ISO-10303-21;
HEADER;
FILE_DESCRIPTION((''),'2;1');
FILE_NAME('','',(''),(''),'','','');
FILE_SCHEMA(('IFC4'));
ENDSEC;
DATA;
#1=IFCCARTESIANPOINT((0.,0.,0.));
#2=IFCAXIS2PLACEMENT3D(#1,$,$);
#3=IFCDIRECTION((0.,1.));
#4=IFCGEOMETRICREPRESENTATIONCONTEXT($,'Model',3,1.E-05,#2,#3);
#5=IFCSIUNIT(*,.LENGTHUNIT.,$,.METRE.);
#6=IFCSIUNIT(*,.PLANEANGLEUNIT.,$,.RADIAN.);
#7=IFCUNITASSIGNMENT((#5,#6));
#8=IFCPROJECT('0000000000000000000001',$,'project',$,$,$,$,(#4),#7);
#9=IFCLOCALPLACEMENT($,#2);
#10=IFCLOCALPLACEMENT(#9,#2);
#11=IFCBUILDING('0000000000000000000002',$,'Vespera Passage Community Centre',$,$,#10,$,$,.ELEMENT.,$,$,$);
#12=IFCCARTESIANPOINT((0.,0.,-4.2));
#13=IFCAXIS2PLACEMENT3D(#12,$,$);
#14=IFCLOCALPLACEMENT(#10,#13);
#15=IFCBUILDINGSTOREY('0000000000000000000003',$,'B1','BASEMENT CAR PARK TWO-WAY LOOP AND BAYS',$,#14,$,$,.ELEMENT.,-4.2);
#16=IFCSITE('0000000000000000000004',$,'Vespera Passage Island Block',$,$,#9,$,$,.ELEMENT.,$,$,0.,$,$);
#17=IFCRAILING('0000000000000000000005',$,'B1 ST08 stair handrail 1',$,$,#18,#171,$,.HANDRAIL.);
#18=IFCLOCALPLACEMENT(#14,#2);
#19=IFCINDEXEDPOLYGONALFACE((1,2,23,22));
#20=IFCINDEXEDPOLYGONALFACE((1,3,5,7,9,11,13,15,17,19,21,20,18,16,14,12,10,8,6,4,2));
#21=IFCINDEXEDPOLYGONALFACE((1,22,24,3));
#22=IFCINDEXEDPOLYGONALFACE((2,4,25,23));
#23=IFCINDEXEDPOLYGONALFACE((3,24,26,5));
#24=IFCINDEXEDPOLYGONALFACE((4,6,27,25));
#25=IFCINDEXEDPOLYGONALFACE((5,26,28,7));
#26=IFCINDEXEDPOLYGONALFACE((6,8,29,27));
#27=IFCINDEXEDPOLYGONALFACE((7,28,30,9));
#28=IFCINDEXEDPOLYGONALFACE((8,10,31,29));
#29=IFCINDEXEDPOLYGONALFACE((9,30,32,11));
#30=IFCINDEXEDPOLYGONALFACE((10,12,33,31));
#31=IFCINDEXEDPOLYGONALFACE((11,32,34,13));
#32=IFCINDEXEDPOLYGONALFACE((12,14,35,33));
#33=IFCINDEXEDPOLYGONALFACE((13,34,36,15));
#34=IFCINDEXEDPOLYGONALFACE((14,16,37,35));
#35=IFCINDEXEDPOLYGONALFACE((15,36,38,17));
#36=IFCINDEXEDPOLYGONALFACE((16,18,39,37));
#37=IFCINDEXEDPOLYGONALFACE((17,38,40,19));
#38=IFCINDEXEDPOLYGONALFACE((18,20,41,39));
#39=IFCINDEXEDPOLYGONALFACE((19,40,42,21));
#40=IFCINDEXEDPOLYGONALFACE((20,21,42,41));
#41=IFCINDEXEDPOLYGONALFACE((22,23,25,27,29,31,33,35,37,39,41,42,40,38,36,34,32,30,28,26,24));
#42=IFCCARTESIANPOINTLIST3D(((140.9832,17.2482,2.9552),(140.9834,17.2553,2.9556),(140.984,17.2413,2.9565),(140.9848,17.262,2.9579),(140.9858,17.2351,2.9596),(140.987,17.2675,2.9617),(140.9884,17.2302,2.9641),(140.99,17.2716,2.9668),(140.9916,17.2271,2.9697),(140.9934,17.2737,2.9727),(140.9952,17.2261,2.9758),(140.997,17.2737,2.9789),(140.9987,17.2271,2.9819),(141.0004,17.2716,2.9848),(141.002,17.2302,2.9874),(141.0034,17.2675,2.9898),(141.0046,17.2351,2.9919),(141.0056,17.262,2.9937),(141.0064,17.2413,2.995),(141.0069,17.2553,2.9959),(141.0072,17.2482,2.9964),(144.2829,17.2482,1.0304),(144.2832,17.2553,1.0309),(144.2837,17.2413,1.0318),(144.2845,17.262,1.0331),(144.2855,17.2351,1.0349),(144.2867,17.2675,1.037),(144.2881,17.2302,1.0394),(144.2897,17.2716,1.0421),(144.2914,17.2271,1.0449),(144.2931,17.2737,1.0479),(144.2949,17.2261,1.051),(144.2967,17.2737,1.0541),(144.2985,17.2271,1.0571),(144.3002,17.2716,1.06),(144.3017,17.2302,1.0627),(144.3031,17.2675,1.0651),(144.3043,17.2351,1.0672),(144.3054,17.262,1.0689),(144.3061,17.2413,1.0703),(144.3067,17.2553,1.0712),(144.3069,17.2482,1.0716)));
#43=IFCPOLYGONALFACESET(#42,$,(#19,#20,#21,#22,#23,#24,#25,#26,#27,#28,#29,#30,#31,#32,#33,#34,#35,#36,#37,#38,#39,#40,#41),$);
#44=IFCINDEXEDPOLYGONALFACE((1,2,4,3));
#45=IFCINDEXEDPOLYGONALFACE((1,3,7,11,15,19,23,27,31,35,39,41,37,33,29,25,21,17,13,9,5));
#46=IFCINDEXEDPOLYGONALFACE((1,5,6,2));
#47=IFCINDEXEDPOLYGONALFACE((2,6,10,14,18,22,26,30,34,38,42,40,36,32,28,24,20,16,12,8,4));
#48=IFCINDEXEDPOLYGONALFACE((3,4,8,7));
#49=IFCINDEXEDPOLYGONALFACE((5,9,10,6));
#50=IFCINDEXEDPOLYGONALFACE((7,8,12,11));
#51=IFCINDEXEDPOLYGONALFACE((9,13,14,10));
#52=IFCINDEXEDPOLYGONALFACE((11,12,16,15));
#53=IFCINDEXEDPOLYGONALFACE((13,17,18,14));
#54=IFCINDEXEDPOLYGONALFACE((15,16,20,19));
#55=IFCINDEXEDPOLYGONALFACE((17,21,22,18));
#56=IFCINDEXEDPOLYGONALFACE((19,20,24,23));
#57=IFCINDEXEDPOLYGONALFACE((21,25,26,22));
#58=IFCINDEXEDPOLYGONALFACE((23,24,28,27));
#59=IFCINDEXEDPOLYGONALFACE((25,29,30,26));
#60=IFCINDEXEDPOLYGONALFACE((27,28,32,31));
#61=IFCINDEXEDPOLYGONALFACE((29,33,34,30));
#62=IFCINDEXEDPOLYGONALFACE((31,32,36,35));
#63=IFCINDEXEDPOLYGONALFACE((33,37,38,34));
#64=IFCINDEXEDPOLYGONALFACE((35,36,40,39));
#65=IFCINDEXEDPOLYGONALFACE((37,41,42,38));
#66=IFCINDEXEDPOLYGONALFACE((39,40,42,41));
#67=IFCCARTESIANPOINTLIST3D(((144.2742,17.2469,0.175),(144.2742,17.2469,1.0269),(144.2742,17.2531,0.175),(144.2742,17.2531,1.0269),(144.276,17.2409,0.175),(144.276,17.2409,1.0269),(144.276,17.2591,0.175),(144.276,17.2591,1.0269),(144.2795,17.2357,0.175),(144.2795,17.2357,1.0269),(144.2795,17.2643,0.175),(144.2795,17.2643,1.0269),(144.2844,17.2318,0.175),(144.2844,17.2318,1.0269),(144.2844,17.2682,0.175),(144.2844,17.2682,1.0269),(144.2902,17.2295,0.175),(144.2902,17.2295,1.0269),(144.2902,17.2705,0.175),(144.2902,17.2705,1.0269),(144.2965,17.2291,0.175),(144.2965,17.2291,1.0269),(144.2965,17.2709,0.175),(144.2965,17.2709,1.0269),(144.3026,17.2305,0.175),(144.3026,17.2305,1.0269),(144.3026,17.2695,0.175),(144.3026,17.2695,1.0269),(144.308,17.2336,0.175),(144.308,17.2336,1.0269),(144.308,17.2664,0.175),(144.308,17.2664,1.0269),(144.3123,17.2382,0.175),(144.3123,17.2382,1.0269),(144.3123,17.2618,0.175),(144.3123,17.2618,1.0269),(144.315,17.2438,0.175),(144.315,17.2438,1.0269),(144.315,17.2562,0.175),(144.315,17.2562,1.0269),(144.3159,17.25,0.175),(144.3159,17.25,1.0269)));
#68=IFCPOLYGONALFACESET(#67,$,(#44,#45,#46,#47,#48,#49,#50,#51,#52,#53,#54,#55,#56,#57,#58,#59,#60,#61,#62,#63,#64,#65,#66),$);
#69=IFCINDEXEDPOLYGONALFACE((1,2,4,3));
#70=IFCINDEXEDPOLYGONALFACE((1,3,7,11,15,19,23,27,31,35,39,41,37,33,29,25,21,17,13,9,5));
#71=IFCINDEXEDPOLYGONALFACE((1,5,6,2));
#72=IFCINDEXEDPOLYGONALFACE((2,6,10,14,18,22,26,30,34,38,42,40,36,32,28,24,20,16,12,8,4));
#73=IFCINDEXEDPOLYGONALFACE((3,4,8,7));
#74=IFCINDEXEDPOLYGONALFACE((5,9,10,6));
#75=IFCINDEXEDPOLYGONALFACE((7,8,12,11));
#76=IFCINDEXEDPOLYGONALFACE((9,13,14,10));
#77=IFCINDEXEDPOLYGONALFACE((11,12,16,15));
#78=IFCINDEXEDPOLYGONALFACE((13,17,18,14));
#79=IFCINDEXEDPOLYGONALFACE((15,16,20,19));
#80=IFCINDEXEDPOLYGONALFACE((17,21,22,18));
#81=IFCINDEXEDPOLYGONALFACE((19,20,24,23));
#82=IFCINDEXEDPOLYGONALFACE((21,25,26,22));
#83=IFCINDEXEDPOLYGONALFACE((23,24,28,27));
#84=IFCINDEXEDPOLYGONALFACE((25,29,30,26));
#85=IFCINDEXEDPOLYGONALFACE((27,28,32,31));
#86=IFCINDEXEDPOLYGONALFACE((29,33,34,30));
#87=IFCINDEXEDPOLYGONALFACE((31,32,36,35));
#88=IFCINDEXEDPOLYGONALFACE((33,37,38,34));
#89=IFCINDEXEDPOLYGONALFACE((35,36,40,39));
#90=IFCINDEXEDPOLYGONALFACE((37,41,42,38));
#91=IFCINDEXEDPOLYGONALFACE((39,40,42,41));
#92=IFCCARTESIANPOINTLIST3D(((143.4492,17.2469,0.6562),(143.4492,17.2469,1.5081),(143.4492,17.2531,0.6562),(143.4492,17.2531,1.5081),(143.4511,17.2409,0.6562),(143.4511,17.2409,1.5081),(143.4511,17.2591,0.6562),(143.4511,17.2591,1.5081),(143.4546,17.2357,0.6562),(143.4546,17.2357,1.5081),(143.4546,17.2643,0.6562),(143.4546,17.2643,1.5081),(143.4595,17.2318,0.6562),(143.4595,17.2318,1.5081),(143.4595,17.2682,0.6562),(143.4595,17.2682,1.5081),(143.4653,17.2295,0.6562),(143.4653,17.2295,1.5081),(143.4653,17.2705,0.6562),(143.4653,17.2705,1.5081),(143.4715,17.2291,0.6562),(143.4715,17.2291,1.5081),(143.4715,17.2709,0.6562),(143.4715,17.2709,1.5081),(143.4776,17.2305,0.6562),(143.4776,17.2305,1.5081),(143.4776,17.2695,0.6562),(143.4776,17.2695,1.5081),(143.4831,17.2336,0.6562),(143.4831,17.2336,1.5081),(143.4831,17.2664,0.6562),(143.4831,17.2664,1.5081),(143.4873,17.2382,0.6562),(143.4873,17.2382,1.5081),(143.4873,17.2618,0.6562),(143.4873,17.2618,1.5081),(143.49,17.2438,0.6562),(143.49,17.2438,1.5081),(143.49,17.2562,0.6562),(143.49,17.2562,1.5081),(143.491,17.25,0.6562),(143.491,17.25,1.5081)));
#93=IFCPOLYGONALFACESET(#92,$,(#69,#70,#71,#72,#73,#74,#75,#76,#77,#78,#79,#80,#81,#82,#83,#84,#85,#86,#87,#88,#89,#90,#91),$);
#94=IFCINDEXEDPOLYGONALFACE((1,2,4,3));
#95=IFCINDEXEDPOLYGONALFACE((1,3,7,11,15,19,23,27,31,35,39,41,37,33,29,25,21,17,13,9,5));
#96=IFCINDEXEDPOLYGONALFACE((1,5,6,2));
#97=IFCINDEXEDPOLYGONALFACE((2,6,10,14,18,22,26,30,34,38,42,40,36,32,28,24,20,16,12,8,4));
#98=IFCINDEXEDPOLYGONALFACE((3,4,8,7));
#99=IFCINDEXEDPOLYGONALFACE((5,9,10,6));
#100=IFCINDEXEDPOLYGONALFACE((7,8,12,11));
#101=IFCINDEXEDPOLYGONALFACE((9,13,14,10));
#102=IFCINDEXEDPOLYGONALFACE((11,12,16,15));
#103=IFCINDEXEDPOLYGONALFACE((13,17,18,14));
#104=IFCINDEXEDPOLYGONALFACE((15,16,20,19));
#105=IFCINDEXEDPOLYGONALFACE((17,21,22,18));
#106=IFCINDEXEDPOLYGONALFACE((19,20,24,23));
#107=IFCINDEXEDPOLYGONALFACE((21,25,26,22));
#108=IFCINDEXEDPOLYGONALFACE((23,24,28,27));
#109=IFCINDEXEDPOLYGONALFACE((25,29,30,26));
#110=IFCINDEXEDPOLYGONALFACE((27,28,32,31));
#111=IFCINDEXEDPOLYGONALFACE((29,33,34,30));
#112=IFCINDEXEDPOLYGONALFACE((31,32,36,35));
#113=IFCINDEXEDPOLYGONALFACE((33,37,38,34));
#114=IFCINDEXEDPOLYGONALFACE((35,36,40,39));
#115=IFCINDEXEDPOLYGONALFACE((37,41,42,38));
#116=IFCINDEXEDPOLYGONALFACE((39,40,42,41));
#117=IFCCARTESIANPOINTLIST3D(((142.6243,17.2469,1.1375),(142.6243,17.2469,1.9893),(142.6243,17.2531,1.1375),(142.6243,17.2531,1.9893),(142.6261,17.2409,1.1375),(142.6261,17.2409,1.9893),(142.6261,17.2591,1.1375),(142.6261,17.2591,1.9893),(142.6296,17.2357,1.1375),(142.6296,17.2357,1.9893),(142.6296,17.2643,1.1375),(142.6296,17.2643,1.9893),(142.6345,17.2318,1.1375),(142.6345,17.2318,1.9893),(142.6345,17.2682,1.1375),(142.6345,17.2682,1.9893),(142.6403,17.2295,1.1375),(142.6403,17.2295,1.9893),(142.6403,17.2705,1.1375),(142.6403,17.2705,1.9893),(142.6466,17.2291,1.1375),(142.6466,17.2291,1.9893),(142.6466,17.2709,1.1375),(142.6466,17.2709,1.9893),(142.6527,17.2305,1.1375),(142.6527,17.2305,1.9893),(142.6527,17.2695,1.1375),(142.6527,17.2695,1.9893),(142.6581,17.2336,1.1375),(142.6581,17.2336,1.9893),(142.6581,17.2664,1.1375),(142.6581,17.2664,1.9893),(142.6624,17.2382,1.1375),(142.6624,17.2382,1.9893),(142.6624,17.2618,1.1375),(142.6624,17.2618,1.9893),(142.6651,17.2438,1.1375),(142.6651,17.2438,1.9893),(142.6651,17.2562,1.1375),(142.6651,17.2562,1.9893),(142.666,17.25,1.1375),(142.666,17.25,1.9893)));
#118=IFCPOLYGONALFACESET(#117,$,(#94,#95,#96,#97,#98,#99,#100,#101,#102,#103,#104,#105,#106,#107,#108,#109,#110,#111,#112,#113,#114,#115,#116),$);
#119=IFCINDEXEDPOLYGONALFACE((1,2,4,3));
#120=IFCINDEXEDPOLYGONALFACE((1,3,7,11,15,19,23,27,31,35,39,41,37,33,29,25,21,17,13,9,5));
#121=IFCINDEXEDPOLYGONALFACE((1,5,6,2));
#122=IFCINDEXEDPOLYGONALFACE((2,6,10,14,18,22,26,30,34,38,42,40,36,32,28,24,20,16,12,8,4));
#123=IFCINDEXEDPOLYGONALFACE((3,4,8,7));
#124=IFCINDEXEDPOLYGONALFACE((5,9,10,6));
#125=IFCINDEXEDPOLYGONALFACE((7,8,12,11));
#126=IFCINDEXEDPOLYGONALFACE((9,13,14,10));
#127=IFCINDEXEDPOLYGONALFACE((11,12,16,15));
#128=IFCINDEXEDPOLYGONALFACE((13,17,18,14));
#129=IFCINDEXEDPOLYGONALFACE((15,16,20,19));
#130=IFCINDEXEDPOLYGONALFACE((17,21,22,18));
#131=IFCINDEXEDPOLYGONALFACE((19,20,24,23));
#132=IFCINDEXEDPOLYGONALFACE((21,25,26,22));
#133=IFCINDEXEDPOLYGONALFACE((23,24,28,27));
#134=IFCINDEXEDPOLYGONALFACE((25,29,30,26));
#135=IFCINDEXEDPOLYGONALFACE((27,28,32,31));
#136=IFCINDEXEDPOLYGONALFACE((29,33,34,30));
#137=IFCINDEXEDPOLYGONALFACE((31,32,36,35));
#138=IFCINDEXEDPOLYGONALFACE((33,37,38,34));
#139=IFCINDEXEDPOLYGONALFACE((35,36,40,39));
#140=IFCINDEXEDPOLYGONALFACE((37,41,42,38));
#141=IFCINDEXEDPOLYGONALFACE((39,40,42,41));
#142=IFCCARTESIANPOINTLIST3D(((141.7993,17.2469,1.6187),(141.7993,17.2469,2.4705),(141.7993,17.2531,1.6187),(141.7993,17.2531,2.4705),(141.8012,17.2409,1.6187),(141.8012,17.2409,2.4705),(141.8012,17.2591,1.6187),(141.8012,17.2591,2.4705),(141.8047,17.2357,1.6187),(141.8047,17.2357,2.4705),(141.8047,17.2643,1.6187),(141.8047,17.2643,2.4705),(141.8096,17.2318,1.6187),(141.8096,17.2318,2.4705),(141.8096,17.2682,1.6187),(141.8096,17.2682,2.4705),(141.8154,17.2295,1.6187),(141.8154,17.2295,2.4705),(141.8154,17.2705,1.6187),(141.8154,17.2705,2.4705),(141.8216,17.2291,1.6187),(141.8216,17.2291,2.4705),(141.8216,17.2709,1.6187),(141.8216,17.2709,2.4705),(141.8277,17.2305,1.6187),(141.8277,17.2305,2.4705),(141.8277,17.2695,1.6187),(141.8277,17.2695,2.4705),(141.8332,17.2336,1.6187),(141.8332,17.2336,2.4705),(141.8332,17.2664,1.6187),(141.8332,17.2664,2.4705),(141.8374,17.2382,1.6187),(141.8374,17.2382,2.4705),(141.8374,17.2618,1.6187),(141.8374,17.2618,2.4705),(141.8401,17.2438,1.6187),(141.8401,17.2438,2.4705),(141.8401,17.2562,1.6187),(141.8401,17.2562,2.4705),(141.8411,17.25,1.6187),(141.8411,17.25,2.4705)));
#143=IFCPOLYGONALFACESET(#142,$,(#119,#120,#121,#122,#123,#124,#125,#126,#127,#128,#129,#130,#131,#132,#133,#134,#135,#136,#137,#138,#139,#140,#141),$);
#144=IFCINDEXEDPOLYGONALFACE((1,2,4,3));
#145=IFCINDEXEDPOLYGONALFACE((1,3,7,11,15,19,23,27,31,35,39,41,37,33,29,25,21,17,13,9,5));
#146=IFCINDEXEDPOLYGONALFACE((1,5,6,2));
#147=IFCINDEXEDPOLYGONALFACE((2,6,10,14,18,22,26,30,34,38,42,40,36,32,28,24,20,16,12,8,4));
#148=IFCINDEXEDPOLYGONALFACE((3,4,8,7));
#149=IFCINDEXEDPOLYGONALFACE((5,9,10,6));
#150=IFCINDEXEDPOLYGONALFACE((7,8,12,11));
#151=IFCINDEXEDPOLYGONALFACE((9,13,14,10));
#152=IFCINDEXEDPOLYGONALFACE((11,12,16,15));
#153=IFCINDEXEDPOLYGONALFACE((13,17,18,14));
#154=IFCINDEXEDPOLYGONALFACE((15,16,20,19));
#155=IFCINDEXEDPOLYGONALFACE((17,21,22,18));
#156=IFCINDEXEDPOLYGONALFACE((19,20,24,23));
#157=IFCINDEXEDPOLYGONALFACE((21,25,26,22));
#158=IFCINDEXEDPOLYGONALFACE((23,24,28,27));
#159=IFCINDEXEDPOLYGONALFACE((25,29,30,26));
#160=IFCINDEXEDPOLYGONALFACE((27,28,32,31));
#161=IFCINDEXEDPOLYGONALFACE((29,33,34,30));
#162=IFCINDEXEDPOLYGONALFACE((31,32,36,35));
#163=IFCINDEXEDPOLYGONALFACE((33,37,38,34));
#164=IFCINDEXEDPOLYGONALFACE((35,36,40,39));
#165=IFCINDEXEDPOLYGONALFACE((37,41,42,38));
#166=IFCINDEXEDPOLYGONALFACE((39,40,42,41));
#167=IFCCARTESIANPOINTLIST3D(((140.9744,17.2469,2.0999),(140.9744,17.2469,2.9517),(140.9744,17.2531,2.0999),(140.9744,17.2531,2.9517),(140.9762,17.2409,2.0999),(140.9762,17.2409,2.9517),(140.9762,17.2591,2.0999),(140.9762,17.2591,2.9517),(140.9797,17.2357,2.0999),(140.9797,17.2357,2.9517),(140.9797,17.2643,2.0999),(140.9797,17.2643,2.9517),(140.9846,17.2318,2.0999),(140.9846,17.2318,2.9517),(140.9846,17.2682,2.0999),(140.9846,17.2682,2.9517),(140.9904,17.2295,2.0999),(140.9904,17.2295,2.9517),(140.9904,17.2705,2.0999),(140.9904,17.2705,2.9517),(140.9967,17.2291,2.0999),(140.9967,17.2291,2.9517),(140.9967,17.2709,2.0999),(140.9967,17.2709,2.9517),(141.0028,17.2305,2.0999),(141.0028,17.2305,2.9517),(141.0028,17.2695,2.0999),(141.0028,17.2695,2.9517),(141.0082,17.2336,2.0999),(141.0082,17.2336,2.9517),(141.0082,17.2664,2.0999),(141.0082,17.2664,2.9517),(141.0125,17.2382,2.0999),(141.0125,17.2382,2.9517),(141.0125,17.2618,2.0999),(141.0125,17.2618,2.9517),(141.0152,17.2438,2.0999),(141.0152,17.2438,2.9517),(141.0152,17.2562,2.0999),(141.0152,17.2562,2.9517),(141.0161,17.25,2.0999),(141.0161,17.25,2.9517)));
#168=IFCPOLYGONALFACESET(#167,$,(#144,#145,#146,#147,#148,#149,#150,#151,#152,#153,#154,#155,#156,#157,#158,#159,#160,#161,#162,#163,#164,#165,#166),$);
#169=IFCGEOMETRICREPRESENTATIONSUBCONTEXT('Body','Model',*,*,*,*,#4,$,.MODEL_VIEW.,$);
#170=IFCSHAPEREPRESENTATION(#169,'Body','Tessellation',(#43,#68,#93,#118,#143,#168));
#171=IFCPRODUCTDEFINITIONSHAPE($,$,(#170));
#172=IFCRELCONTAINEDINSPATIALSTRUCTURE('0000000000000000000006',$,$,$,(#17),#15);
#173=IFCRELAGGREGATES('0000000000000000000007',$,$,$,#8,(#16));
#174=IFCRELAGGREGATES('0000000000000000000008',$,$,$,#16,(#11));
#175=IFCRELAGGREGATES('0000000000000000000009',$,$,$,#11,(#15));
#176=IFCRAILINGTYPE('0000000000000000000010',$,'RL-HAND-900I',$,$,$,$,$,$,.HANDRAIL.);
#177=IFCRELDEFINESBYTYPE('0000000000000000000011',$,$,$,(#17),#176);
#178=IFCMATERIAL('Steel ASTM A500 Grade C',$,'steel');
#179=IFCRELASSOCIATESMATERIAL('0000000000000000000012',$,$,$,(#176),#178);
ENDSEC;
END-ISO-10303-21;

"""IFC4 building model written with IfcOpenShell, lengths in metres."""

from ifc_helpers import new_model, si_unit, direction, frame, origin, origin_2d, place, context, subcontext, project, spatial, circle, extrude, material, type_object, element, save


model = new_model("IFC4")

# Units and contexts
model_context = context("Model", 3, precision=1e-05, world=origin(), true_north=direction((0.0, 1.0)))
body_context = subcontext(model_context, "Body", "Model", "MODEL_VIEW")
ifc_project = project(units=[si_unit("LENGTHUNIT", "METRE"), si_unit("PLANEANGLEUNIT", "RADIAN")], contexts=[model_context])

# Site, building, storey
site_placement = place(None, origin())
site = spatial("IfcSite", under=ifc_project, at=site_placement, Name="Vespera Passage Island Block", CompositionType="ELEMENT", RefElevation=0.0)
building_placement = place(site_placement, origin())
building = spatial("IfcBuilding", under=site, at=building_placement, Name="Vespera Passage Community Centre", CompositionType="ELEMENT")
storey_placement = place(building_placement, frame((0.0, 0.0, -4.2)))
storey = spatial("IfcBuildingStorey", under=building, at=storey_placement, Name="B1", Description="BASEMENT CAR PARK TWO-WAY LOOP AND BAYS", CompositionType="ELEMENT", Elevation=-4.2)

# Railing
ifc_material_1 = material(Name="Steel ASTM A500 Grade C", Category="steel")
railing_type_1 = type_object("IfcRailingType", Name="RL-HAND-900I", PredefinedType="HANDRAIL", material=ifc_material_1)
railing_1_placement = place(storey_placement, frame((144.2949, 17.25, 0.175)))
element("IfcRailing", 1, at=railing_1_placement, inside=storey, type_object=railing_type_1, Name="B1 ST08 stair handrail 1", PredefinedType="HANDRAIL", context=body_context, shape_type="SweptSolid", body=[
    extrude(circle(Radius=0.0239, at=origin_2d()), frame((0.0, 0.0, 0.876), z_axis=(-0.863788, 0.0, 0.503855), x_axis=(0.0, -1.0, 0.0)), (0.0, 0.0, 1.0), 3.8201),
    extrude(circle(Radius=0.021, at=origin_2d()), origin(), (0.0, 0.0, 1.0), 0.8518),
    extrude(circle(Radius=0.021, at=origin_2d()), frame((-0.825, 0.0, 0.4812)), (0.0, 0.0, 1.0), 0.8518),
    extrude(circle(Radius=0.021, at=origin_2d()), frame((-1.6499, 0.0, 0.9624)), (0.0, 0.0, 1.0), 0.8518),
    extrude(circle(Radius=0.021, at=origin_2d()), frame((-2.4749, 0.0, 1.4436)), (0.0, 0.0, 1.0), 0.8518),
    extrude(circle(Radius=0.021, at=origin_2d()), frame((-3.2998, 0.0, 1.9248)), (0.0, 0.0, 1.0), 0.8518),
])

save(model, "model.ifc")
